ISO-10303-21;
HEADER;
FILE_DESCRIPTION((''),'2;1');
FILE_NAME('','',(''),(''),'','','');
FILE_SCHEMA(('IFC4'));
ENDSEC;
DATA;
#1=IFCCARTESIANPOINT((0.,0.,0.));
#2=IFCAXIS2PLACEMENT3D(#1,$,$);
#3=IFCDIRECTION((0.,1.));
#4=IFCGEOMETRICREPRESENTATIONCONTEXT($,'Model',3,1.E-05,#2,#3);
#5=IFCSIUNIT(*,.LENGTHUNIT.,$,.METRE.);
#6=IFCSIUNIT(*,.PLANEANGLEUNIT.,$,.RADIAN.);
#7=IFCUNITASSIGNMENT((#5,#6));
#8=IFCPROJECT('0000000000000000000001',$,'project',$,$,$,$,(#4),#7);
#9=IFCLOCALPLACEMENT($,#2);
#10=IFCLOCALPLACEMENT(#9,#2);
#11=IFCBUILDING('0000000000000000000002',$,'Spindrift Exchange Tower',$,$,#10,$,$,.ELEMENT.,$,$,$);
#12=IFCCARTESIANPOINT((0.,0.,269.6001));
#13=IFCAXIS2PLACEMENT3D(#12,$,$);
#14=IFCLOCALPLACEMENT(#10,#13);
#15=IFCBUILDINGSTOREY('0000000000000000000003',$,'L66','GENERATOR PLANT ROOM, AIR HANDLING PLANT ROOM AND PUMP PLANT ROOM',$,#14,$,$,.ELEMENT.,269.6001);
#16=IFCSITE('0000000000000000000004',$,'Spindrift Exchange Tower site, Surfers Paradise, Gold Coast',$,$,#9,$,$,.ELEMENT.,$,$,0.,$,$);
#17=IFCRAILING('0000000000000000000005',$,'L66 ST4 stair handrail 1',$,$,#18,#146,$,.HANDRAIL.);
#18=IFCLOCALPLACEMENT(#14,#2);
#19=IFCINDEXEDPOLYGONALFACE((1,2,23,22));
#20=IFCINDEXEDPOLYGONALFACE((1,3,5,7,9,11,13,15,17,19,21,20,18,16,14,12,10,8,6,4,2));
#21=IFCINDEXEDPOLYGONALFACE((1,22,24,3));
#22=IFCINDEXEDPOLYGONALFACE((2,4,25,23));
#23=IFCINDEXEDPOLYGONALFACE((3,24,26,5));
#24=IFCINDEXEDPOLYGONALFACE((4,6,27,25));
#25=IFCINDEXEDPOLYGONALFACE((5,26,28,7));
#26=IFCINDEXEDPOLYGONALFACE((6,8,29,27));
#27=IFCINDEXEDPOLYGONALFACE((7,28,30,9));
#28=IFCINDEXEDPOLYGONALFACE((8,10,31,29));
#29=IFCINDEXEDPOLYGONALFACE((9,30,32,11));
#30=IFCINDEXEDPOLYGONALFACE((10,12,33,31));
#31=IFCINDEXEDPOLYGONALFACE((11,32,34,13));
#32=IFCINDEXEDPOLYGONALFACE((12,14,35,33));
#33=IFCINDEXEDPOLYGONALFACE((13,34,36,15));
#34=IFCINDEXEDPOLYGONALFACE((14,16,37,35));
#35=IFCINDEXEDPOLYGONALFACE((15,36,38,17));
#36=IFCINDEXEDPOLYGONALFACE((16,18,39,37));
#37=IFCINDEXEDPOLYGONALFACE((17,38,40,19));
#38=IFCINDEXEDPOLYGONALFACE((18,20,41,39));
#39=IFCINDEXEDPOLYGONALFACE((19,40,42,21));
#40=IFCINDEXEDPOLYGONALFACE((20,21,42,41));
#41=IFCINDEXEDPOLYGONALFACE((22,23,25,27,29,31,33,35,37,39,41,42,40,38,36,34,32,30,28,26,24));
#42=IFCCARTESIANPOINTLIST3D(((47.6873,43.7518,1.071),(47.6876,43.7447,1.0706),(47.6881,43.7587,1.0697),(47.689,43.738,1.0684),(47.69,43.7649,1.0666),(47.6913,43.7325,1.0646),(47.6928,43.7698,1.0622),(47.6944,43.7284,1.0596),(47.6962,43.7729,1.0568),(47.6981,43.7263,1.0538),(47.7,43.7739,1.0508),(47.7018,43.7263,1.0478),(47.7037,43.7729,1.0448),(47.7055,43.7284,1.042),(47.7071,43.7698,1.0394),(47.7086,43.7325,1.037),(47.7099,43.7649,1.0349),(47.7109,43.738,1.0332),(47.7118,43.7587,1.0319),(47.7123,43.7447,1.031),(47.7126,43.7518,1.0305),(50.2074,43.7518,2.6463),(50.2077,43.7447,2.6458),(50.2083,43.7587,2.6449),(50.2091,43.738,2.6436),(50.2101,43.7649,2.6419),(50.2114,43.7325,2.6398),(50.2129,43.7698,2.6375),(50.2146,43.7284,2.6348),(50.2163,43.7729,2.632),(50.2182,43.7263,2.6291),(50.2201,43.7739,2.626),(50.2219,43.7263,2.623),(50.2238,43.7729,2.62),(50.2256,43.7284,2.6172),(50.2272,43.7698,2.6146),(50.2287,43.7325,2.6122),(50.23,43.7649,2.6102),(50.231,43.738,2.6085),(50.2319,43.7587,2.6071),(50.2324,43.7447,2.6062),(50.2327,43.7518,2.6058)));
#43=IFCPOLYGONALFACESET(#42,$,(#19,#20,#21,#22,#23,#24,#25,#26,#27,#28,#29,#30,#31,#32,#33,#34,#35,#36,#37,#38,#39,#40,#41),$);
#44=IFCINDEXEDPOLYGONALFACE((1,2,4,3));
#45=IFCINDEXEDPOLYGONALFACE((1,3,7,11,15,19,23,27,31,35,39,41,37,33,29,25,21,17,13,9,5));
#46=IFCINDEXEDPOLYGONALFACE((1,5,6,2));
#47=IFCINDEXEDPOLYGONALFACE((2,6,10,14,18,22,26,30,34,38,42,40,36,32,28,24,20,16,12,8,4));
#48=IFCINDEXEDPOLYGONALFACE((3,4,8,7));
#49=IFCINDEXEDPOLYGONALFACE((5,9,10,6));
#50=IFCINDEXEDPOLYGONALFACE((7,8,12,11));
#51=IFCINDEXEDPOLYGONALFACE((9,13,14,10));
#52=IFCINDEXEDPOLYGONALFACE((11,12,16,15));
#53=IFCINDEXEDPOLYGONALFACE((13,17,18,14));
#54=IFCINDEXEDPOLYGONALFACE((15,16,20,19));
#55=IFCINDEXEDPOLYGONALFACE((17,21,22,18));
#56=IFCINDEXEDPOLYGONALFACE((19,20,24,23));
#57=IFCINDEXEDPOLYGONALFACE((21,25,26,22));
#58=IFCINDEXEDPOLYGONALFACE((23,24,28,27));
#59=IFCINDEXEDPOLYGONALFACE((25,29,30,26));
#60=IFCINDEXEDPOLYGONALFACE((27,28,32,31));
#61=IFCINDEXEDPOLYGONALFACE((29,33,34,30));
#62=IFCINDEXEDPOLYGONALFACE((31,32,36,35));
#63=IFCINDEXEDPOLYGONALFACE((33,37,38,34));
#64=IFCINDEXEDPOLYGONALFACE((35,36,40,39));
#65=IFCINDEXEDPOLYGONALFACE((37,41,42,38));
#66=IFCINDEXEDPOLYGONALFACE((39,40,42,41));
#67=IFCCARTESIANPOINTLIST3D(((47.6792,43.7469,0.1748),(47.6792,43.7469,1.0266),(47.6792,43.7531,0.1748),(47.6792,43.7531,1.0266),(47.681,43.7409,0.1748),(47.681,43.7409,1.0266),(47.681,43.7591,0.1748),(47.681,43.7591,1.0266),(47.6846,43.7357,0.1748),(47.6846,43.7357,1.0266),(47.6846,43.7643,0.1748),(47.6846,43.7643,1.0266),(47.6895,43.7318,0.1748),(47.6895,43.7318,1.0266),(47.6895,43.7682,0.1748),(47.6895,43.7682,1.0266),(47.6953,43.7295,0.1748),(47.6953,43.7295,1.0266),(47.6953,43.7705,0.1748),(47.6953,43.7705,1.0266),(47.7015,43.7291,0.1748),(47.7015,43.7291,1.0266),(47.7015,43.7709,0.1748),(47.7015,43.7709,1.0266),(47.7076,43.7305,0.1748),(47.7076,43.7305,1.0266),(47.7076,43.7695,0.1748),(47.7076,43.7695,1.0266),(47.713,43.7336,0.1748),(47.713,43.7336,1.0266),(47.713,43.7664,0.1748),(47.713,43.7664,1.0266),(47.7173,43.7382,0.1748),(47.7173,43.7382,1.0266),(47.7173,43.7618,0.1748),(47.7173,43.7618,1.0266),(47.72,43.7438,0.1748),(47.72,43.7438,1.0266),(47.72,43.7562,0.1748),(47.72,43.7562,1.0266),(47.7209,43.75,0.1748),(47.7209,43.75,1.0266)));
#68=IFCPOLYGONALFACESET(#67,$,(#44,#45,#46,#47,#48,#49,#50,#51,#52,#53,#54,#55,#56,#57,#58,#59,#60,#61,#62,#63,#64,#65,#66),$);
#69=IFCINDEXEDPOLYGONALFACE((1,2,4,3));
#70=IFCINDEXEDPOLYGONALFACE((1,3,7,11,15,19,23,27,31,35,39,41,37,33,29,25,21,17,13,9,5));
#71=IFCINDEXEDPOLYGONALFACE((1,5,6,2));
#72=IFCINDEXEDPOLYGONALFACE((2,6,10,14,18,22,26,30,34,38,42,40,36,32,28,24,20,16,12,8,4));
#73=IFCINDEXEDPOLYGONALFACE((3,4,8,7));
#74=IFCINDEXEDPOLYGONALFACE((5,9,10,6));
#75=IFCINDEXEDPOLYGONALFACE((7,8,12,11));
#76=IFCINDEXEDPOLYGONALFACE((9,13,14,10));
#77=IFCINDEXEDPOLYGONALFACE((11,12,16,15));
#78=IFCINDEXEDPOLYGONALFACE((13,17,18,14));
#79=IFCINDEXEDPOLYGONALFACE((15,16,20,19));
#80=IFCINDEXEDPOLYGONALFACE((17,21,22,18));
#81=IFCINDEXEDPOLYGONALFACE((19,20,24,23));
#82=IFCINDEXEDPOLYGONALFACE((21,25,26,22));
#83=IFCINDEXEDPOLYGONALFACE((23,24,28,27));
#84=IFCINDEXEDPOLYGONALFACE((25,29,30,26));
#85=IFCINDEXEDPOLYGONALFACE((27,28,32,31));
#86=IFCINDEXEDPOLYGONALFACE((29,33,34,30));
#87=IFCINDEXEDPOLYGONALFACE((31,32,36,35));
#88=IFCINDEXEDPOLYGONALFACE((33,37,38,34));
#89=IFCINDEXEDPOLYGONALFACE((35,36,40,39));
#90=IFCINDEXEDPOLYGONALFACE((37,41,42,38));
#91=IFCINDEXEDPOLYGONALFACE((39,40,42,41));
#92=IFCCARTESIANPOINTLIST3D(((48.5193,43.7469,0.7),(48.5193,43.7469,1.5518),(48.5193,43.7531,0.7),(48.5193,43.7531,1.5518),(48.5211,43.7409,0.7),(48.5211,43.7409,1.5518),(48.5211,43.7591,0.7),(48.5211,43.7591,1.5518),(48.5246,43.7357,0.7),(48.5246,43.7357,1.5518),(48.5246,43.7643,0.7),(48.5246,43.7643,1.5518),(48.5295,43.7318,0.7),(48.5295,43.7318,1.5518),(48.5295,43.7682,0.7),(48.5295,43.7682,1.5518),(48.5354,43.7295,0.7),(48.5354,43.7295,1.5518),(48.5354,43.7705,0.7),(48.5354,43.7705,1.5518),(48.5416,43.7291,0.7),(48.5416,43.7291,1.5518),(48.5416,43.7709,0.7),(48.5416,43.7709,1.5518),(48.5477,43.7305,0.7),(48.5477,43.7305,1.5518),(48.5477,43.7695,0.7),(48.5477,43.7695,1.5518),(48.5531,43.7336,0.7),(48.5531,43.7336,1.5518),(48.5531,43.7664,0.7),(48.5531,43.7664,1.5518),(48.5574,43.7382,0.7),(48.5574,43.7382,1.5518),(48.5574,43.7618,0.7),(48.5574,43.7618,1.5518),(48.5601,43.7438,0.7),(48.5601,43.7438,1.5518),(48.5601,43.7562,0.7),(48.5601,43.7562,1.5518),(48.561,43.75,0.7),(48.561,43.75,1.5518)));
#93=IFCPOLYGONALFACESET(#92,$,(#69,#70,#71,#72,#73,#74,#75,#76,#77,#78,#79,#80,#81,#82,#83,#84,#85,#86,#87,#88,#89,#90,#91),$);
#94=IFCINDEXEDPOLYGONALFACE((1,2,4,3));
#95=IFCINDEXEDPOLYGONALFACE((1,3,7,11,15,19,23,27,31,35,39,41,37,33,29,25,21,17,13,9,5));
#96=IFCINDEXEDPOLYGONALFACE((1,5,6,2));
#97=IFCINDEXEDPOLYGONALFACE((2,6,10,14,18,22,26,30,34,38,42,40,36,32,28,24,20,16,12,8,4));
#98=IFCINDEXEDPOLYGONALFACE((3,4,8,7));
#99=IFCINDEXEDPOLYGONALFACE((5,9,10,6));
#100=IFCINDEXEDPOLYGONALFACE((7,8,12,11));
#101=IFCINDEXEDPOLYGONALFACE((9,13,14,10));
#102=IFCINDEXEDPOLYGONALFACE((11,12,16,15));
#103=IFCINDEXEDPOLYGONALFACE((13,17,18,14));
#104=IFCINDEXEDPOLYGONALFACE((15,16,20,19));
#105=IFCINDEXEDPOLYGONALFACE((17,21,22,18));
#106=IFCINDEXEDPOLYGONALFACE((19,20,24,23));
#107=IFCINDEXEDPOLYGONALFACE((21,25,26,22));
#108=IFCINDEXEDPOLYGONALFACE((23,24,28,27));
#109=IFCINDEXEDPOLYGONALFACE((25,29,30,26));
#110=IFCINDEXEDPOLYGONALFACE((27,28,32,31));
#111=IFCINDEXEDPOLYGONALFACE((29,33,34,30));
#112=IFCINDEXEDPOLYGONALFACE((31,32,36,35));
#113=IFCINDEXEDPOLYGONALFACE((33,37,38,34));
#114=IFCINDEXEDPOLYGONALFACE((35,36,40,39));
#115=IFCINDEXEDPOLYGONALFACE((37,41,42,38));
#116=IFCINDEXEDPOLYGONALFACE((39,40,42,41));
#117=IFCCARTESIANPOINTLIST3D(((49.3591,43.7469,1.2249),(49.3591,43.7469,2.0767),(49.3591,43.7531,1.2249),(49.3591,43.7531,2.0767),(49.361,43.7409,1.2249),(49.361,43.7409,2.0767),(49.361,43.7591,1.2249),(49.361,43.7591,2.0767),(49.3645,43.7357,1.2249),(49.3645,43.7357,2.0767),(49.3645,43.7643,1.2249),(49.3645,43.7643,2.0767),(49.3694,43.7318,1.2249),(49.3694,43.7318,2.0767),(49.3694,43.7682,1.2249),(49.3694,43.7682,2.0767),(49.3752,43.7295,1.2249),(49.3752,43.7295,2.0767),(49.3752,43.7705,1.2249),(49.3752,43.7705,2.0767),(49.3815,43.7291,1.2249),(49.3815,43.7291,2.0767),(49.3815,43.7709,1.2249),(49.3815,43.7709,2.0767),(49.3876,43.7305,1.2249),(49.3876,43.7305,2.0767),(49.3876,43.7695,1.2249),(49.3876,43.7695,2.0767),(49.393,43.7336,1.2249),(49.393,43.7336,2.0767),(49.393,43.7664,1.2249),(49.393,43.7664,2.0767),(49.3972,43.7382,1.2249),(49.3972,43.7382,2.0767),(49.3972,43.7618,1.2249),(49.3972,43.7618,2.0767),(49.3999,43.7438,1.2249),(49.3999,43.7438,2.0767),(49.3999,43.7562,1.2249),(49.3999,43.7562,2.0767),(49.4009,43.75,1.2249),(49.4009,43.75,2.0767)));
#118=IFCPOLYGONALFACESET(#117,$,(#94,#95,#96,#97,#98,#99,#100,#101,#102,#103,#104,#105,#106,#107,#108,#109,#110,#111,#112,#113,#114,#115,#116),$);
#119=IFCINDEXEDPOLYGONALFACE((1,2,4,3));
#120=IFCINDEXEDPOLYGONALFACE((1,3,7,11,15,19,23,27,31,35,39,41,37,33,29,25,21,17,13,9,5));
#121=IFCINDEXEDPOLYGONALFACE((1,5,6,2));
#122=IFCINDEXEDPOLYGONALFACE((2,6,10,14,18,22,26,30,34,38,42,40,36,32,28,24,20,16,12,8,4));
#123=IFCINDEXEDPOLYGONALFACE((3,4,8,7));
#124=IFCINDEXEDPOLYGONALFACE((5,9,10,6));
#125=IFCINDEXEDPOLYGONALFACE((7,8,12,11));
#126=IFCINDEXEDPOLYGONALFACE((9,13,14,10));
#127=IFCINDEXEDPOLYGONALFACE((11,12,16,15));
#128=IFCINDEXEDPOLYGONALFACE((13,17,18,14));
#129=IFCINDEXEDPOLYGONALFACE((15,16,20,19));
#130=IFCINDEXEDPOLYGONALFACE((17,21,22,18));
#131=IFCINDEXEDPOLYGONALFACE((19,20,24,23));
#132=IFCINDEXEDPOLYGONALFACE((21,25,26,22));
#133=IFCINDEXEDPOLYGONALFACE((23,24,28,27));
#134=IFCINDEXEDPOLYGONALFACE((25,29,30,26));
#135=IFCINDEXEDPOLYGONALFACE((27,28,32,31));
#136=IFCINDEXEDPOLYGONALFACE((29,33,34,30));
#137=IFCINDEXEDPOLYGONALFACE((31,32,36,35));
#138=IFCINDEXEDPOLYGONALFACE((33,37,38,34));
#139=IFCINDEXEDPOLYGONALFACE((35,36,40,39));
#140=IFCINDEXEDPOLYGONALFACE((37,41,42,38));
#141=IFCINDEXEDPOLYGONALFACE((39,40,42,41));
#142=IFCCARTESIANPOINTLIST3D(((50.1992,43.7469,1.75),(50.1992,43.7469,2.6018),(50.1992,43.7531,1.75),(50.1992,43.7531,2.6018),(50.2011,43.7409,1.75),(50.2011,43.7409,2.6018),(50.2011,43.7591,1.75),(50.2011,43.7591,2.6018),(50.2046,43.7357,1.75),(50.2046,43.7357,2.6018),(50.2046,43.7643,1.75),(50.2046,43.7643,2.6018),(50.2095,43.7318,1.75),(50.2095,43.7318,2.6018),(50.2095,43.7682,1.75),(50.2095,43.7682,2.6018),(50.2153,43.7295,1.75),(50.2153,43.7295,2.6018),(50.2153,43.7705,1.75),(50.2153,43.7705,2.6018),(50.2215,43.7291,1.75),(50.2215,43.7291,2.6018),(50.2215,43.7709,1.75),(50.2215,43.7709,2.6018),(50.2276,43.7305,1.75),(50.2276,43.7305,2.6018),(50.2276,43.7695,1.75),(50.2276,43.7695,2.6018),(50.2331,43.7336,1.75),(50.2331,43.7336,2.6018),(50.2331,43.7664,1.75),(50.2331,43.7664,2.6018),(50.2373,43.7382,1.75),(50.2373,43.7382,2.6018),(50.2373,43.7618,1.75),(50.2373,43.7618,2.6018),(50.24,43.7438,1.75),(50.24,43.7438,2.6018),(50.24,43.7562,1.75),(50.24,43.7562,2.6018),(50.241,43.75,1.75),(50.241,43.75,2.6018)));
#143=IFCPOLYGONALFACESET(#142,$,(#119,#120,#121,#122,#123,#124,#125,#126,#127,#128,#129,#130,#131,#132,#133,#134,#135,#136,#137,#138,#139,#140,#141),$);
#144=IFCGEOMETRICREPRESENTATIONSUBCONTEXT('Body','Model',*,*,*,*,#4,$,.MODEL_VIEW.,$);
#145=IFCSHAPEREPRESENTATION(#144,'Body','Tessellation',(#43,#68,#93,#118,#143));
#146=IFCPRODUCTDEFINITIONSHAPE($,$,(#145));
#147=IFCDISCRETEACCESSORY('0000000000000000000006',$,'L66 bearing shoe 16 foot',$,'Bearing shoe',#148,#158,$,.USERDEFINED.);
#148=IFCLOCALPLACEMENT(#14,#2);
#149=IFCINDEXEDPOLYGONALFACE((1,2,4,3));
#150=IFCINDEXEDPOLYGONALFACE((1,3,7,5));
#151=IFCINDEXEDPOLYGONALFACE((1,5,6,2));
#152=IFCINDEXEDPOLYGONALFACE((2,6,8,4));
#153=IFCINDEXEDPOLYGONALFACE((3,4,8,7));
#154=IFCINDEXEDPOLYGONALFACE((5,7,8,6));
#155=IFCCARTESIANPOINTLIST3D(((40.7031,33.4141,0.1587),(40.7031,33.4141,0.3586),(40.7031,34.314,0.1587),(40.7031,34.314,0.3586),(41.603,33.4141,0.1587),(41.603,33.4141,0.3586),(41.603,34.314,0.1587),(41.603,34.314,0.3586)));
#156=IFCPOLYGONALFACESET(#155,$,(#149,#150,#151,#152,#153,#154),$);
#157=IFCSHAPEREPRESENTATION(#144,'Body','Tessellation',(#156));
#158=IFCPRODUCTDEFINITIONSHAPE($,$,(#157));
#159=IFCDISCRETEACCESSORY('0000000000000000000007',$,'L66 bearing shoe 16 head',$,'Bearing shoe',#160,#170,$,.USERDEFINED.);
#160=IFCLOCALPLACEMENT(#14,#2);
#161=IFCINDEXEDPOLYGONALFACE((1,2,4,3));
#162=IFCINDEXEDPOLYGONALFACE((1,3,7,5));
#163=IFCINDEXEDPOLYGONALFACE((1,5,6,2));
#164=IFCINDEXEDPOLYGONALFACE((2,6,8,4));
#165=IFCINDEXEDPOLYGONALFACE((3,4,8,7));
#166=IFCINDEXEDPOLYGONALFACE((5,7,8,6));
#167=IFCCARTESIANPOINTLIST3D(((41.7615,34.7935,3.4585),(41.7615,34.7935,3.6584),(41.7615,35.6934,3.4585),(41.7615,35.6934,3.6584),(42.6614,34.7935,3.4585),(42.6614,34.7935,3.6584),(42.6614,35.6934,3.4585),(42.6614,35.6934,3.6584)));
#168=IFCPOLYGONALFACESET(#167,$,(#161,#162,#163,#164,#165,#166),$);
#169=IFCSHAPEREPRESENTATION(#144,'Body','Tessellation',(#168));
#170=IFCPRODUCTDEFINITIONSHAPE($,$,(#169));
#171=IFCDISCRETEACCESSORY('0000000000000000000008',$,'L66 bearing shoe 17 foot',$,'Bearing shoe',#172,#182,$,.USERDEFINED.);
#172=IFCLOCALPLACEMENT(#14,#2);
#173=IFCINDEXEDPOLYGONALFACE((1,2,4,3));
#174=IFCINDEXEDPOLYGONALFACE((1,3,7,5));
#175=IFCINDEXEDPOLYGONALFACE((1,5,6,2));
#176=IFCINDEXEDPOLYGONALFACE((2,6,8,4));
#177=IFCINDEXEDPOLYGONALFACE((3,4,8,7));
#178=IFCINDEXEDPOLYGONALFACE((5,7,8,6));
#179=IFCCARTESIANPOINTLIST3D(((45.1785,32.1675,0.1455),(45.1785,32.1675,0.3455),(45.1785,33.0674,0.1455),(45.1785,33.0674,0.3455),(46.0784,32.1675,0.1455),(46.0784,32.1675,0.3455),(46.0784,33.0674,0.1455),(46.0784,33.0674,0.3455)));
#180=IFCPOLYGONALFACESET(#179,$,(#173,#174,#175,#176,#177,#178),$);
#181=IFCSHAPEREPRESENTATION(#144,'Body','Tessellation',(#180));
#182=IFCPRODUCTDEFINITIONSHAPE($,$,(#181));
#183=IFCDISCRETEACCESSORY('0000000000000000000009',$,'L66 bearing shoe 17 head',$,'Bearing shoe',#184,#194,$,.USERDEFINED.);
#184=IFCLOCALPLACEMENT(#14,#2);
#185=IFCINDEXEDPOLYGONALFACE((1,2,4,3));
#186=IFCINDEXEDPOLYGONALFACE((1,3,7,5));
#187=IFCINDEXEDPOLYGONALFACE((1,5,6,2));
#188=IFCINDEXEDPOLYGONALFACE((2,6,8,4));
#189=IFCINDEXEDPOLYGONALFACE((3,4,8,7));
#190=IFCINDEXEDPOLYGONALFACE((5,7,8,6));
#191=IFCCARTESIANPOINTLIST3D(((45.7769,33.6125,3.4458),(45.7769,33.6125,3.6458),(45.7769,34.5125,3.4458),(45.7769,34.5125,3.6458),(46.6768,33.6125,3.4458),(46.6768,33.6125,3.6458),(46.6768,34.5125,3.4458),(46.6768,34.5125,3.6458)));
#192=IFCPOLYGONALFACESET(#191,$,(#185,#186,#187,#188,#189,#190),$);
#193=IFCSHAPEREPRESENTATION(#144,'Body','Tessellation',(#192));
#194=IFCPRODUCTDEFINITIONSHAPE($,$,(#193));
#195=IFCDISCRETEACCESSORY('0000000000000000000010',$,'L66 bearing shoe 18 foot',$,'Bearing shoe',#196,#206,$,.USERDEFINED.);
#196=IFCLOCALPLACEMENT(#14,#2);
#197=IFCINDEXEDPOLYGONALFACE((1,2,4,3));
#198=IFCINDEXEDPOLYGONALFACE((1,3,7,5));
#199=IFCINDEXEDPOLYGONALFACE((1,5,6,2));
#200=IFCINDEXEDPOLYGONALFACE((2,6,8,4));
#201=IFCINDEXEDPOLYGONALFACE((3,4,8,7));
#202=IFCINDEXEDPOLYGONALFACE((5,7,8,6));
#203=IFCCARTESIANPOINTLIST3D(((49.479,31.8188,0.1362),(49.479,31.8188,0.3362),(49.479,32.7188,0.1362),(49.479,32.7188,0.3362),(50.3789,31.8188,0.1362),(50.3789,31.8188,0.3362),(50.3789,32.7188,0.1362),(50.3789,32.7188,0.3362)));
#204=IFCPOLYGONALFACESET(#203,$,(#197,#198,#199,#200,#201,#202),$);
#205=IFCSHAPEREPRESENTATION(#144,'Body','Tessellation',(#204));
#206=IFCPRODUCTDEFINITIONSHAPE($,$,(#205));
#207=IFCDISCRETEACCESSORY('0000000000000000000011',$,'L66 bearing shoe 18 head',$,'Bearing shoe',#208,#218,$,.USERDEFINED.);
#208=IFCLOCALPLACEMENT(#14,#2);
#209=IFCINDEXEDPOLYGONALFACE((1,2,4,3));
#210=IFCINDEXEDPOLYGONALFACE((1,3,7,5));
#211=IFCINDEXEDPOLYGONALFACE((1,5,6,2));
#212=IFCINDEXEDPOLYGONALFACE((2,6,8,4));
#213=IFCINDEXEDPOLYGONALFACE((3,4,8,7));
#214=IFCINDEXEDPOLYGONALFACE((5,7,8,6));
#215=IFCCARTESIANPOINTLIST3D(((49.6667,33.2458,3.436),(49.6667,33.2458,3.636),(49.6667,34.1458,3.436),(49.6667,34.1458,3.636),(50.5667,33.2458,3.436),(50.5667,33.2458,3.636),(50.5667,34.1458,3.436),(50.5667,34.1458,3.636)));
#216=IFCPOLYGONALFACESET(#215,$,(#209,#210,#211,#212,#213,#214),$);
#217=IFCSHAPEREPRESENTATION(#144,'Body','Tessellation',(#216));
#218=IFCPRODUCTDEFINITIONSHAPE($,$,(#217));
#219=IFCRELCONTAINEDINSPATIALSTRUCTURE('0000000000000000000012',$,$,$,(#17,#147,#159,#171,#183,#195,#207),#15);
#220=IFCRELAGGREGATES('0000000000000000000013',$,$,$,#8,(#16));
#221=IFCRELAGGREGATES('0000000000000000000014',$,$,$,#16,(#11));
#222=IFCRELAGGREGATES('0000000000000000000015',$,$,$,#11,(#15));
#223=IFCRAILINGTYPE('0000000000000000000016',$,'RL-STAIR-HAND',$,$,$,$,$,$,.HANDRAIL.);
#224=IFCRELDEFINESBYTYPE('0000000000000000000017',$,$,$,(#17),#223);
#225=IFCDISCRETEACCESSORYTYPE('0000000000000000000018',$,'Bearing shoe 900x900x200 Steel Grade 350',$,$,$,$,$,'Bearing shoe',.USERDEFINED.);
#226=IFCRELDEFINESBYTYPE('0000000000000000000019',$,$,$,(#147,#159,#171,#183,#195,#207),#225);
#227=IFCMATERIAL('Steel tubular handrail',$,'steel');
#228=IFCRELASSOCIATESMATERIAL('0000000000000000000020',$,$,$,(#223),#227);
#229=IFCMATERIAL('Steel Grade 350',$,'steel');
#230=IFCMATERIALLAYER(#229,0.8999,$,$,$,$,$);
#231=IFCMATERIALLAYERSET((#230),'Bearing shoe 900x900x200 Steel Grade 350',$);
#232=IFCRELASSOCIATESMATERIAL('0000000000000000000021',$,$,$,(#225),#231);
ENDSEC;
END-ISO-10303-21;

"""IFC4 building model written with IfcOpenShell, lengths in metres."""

from ifc_helpers import new_model, si_unit, direction, frame, origin, origin_2d, place, context, subcontext, project, spatial, rectangle, circle, extrude, source, transform, mapped, material, layer, layer_set, type_object, element, save


model = new_model("IFC4")

# Units and contexts
model_context = context("Model", 3, precision=1e-05, world=origin(), true_north=direction((0.0, 1.0)))
body_context = subcontext(model_context, "Body", "Model", "MODEL_VIEW")
ifc_project = project(units=[si_unit("LENGTHUNIT", "METRE"), si_unit("PLANEANGLEUNIT", "RADIAN")], contexts=[model_context])

# Site, building, storey
site_placement = place(None, origin())
site = spatial("IfcSite", under=ifc_project, at=site_placement, Name="Spindrift Exchange Tower site, Surfers Paradise, Gold Coast", CompositionType="ELEMENT", RefElevation=0.0)
building_placement = place(site_placement, origin())
building = spatial("IfcBuilding", under=site, at=building_placement, Name="Spindrift Exchange Tower", CompositionType="ELEMENT")
storey_placement = place(building_placement, frame((0.0, 0.0, 269.6001)))
storey = spatial("IfcBuildingStorey", under=building, at=storey_placement, Name="L66", Description="GENERATOR PLANT ROOM, AIR HANDLING PLANT ROOM AND PUMP PLANT ROOM", CompositionType="ELEMENT", Elevation=269.6001)

# Railing
ifc_material_1 = material(Name="Steel tubular handrail", Category="steel")
railing_type_1 = type_object("IfcRailingType", Name="RL-STAIR-HAND", PredefinedType="HANDRAIL", material=ifc_material_1)
railing_1_placement = place(storey_placement, frame((47.7, 43.75, 0.1748)))
element("IfcRailing", 1, at=railing_1_placement, inside=storey, type_object=railing_type_1, Name="L66 ST4 stair handrail 1", PredefinedType="HANDRAIL", context=body_context, shape_type="SweptSolid", body=[
    extrude(circle(Radius=0.0239, at=origin_2d()), frame((0.0, 0.0, 0.876), z_axis=(0.847971, 0.0, 0.530043), x_axis=(0.0, 1.0, 0.0)), (0.0, 0.0, 1.0), 2.9719),
    extrude(circle(Radius=0.021, at=origin_2d()), origin(), (0.0, 0.0, 1.0), 0.8518),
    extrude(circle(Radius=0.021, at=origin_2d()), frame((0.8401, 0.0, 0.5251)), (0.0, 0.0, 1.0), 0.8518),
    extrude(circle(Radius=0.021, at=origin_2d()), frame((1.6799, 0.0, 1.05)), (0.0, 0.0, 1.0), 0.8518),
    extrude(circle(Radius=0.021, at=origin_2d()), frame((2.52, 0.0, 1.5752)), (0.0, 0.0, 1.0), 0.8518),
])

# Discrete accessories
ifc_material_2 = material(Name="Steel Grade 350", Category="steel")
ifc_layer_1 = layer(ifc_material_2, 0.8999)
ifc_layer_set_1 = layer_set([ifc_layer_1], Name="Bearing shoe 900x900x200 Steel Grade 350")
discrete_accessory_type = type_object("IfcDiscreteAccessoryType", Name="Bearing shoe 900x900x200 Steel Grade 350", ElementType="Bearing shoe", PredefinedType="USERDEFINED", material=ifc_layer_set_1)
shared_shape_1 = source(origin(), body_context, "Body", "SweptSolid", [
    extrude(rectangle(XDim=0.8999, YDim=0.8999, at=origin_2d()), origin(), (0.0, 0.0, 1.0), 0.2),
])
for number, where, z_axis, x_axis, name in (
    (2, (41.1531, 33.864, 0.1587), (0.0, 0.0, 1.0), (1.0, 0.0, 0.0), "L66 bearing shoe 16 foot"),
    (3, (42.2114, 35.2434, 3.4585), (0.0, 0.0, 1.0), (1.0, 0.0, 0.0), "L66 bearing shoe 16 head"),
    (4, (45.6284, 32.6174, 0.1455), (0.0, 0.0, 1.0), (1.0, 0.0, 0.0), "L66 bearing shoe 17 foot"),
    (5, (46.2268, 34.0625, 3.4458), (0.0, 0.0, 1.0), (1.0, 0.0, 0.0), "L66 bearing shoe 17 head"),
    (6, (49.929, 32.2688, 0.1362), (0.0, 0.0, 1.0), (1.0, 0.0, 0.0), "L66 bearing shoe 18 foot"),
    (7, (50.1167, 33.6958, 3.436), (0.0, 0.0, 1.0), (1.0, 0.0, 0.0), "L66 bearing shoe 18 head"),
):
    element("IfcDiscreteAccessory", number, at=place(storey_placement, frame(where, z_axis=z_axis, x_axis=x_axis)), inside=storey, type_object=discrete_accessory_type, Name=name, ObjectType="Bearing shoe", PredefinedType="USERDEFINED", context=body_context, shape_type="MappedRepresentation", body=[
        mapped(shared_shape_1, transform((0.0, 0.0, 0.0), scale=1.0)),
    ])

save(model, "model.ifc")
